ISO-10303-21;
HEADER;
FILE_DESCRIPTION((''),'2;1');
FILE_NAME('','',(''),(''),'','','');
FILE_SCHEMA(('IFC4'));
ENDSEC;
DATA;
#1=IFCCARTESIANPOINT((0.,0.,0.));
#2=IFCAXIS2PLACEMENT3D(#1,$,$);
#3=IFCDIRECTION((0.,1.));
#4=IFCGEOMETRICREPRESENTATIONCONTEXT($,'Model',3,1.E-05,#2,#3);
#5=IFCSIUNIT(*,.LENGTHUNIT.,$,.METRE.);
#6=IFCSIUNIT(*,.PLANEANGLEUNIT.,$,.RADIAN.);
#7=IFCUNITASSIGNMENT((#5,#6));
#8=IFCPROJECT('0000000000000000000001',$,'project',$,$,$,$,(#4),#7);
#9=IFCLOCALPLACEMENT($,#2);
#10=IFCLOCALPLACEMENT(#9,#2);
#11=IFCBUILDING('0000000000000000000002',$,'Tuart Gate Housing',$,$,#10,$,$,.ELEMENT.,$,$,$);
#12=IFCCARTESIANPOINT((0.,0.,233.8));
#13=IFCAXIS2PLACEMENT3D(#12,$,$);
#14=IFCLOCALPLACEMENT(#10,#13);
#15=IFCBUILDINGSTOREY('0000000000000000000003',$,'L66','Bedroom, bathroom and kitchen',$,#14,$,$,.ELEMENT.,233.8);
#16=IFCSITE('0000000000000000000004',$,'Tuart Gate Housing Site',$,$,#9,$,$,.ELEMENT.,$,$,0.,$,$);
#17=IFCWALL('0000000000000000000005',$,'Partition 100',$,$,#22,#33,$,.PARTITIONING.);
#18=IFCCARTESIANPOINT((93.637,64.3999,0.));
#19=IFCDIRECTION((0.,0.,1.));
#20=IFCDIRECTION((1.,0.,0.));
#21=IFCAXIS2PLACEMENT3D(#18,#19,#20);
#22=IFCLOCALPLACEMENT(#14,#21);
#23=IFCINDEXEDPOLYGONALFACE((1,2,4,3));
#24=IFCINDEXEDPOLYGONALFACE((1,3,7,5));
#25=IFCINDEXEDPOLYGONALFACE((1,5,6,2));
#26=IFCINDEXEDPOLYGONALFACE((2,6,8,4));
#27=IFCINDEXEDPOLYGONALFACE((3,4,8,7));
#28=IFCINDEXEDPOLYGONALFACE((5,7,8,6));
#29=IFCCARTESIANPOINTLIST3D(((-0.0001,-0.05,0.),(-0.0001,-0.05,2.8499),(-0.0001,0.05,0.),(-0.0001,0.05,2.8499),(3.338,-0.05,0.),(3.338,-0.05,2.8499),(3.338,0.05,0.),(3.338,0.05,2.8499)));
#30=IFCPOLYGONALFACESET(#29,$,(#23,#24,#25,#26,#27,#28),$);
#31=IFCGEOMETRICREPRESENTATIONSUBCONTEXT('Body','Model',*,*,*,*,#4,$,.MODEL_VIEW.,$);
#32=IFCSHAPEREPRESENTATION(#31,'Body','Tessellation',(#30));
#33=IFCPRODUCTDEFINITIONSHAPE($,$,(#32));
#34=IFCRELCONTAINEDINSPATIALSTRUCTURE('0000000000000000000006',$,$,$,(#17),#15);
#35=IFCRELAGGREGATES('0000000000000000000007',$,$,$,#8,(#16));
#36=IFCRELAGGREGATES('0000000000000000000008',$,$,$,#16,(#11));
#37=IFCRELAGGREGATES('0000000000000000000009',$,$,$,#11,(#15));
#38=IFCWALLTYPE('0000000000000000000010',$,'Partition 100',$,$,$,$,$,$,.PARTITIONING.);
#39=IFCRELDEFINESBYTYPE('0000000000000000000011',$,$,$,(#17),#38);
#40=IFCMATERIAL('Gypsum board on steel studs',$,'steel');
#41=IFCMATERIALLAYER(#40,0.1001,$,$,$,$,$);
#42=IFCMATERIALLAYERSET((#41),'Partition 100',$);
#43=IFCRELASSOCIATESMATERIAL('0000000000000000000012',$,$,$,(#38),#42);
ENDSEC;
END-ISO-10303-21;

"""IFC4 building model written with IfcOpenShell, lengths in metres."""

from ifc_helpers import new_model, si_unit, direction, frame, frame_2d, origin, place, context, subcontext, project, spatial, rectangle, extrude, material, layer, layer_set, type_object, element, save


model = new_model("IFC4")

# Units and contexts
model_context = context("Model", 3, precision=1e-05, world=origin(), true_north=direction((0.0, 1.0)))
body_context = subcontext(model_context, "Body", "Model", "MODEL_VIEW")
ifc_project = project(units=[si_unit("LENGTHUNIT", "METRE"), si_unit("PLANEANGLEUNIT", "RADIAN")], contexts=[model_context])

# Site, building, storey
site_placement = place(None, origin())
site = spatial("IfcSite", under=ifc_project, at=site_placement, Name="Tuart Gate Housing Site", CompositionType="ELEMENT", RefElevation=0.0)
building_placement = place(site_placement, origin())
building = spatial("IfcBuilding", under=site, at=building_placement, Name="Tuart Gate Housing", CompositionType="ELEMENT")
storey_placement = place(building_placement, frame((0.0, 0.0, 233.8)))
storey = spatial("IfcBuildingStorey", under=building, at=storey_placement, Name="L66", Description="Bedroom, bathroom and kitchen", CompositionType="ELEMENT", Elevation=233.8)

# Shared definitions
ifc_material_1 = material(Name="Gypsum board on steel studs", Category="steel")
ifc_layer_1 = layer(ifc_material_1, 0.1001)
ifc_layer_set_1 = layer_set([ifc_layer_1], Name="Partition 100")
wall_type_1 = type_object("IfcWallType", Name="Partition 100", PredefinedType="PARTITIONING", material=ifc_layer_set_1)

# Wall
wall_1_placement = place(storey_placement, frame((93.637, 64.3999, 0.0), z_axis=(0.0, 0.0, 1.0), x_axis=(1.0, 0.0, 0.0)))
element("IfcWall", 1, at=wall_1_placement, inside=storey, type_object=wall_type_1, Name="Partition 100", PredefinedType="PARTITIONING", context=body_context, shape_type="SweptSolid", body=[
    extrude(rectangle(XDim=3.3381, YDim=0.1001, at=frame_2d((1.6689, 0.0))), origin(), (0.0, 0.0, 1.0), 2.8499),
])

save(model, "model.ifc")
